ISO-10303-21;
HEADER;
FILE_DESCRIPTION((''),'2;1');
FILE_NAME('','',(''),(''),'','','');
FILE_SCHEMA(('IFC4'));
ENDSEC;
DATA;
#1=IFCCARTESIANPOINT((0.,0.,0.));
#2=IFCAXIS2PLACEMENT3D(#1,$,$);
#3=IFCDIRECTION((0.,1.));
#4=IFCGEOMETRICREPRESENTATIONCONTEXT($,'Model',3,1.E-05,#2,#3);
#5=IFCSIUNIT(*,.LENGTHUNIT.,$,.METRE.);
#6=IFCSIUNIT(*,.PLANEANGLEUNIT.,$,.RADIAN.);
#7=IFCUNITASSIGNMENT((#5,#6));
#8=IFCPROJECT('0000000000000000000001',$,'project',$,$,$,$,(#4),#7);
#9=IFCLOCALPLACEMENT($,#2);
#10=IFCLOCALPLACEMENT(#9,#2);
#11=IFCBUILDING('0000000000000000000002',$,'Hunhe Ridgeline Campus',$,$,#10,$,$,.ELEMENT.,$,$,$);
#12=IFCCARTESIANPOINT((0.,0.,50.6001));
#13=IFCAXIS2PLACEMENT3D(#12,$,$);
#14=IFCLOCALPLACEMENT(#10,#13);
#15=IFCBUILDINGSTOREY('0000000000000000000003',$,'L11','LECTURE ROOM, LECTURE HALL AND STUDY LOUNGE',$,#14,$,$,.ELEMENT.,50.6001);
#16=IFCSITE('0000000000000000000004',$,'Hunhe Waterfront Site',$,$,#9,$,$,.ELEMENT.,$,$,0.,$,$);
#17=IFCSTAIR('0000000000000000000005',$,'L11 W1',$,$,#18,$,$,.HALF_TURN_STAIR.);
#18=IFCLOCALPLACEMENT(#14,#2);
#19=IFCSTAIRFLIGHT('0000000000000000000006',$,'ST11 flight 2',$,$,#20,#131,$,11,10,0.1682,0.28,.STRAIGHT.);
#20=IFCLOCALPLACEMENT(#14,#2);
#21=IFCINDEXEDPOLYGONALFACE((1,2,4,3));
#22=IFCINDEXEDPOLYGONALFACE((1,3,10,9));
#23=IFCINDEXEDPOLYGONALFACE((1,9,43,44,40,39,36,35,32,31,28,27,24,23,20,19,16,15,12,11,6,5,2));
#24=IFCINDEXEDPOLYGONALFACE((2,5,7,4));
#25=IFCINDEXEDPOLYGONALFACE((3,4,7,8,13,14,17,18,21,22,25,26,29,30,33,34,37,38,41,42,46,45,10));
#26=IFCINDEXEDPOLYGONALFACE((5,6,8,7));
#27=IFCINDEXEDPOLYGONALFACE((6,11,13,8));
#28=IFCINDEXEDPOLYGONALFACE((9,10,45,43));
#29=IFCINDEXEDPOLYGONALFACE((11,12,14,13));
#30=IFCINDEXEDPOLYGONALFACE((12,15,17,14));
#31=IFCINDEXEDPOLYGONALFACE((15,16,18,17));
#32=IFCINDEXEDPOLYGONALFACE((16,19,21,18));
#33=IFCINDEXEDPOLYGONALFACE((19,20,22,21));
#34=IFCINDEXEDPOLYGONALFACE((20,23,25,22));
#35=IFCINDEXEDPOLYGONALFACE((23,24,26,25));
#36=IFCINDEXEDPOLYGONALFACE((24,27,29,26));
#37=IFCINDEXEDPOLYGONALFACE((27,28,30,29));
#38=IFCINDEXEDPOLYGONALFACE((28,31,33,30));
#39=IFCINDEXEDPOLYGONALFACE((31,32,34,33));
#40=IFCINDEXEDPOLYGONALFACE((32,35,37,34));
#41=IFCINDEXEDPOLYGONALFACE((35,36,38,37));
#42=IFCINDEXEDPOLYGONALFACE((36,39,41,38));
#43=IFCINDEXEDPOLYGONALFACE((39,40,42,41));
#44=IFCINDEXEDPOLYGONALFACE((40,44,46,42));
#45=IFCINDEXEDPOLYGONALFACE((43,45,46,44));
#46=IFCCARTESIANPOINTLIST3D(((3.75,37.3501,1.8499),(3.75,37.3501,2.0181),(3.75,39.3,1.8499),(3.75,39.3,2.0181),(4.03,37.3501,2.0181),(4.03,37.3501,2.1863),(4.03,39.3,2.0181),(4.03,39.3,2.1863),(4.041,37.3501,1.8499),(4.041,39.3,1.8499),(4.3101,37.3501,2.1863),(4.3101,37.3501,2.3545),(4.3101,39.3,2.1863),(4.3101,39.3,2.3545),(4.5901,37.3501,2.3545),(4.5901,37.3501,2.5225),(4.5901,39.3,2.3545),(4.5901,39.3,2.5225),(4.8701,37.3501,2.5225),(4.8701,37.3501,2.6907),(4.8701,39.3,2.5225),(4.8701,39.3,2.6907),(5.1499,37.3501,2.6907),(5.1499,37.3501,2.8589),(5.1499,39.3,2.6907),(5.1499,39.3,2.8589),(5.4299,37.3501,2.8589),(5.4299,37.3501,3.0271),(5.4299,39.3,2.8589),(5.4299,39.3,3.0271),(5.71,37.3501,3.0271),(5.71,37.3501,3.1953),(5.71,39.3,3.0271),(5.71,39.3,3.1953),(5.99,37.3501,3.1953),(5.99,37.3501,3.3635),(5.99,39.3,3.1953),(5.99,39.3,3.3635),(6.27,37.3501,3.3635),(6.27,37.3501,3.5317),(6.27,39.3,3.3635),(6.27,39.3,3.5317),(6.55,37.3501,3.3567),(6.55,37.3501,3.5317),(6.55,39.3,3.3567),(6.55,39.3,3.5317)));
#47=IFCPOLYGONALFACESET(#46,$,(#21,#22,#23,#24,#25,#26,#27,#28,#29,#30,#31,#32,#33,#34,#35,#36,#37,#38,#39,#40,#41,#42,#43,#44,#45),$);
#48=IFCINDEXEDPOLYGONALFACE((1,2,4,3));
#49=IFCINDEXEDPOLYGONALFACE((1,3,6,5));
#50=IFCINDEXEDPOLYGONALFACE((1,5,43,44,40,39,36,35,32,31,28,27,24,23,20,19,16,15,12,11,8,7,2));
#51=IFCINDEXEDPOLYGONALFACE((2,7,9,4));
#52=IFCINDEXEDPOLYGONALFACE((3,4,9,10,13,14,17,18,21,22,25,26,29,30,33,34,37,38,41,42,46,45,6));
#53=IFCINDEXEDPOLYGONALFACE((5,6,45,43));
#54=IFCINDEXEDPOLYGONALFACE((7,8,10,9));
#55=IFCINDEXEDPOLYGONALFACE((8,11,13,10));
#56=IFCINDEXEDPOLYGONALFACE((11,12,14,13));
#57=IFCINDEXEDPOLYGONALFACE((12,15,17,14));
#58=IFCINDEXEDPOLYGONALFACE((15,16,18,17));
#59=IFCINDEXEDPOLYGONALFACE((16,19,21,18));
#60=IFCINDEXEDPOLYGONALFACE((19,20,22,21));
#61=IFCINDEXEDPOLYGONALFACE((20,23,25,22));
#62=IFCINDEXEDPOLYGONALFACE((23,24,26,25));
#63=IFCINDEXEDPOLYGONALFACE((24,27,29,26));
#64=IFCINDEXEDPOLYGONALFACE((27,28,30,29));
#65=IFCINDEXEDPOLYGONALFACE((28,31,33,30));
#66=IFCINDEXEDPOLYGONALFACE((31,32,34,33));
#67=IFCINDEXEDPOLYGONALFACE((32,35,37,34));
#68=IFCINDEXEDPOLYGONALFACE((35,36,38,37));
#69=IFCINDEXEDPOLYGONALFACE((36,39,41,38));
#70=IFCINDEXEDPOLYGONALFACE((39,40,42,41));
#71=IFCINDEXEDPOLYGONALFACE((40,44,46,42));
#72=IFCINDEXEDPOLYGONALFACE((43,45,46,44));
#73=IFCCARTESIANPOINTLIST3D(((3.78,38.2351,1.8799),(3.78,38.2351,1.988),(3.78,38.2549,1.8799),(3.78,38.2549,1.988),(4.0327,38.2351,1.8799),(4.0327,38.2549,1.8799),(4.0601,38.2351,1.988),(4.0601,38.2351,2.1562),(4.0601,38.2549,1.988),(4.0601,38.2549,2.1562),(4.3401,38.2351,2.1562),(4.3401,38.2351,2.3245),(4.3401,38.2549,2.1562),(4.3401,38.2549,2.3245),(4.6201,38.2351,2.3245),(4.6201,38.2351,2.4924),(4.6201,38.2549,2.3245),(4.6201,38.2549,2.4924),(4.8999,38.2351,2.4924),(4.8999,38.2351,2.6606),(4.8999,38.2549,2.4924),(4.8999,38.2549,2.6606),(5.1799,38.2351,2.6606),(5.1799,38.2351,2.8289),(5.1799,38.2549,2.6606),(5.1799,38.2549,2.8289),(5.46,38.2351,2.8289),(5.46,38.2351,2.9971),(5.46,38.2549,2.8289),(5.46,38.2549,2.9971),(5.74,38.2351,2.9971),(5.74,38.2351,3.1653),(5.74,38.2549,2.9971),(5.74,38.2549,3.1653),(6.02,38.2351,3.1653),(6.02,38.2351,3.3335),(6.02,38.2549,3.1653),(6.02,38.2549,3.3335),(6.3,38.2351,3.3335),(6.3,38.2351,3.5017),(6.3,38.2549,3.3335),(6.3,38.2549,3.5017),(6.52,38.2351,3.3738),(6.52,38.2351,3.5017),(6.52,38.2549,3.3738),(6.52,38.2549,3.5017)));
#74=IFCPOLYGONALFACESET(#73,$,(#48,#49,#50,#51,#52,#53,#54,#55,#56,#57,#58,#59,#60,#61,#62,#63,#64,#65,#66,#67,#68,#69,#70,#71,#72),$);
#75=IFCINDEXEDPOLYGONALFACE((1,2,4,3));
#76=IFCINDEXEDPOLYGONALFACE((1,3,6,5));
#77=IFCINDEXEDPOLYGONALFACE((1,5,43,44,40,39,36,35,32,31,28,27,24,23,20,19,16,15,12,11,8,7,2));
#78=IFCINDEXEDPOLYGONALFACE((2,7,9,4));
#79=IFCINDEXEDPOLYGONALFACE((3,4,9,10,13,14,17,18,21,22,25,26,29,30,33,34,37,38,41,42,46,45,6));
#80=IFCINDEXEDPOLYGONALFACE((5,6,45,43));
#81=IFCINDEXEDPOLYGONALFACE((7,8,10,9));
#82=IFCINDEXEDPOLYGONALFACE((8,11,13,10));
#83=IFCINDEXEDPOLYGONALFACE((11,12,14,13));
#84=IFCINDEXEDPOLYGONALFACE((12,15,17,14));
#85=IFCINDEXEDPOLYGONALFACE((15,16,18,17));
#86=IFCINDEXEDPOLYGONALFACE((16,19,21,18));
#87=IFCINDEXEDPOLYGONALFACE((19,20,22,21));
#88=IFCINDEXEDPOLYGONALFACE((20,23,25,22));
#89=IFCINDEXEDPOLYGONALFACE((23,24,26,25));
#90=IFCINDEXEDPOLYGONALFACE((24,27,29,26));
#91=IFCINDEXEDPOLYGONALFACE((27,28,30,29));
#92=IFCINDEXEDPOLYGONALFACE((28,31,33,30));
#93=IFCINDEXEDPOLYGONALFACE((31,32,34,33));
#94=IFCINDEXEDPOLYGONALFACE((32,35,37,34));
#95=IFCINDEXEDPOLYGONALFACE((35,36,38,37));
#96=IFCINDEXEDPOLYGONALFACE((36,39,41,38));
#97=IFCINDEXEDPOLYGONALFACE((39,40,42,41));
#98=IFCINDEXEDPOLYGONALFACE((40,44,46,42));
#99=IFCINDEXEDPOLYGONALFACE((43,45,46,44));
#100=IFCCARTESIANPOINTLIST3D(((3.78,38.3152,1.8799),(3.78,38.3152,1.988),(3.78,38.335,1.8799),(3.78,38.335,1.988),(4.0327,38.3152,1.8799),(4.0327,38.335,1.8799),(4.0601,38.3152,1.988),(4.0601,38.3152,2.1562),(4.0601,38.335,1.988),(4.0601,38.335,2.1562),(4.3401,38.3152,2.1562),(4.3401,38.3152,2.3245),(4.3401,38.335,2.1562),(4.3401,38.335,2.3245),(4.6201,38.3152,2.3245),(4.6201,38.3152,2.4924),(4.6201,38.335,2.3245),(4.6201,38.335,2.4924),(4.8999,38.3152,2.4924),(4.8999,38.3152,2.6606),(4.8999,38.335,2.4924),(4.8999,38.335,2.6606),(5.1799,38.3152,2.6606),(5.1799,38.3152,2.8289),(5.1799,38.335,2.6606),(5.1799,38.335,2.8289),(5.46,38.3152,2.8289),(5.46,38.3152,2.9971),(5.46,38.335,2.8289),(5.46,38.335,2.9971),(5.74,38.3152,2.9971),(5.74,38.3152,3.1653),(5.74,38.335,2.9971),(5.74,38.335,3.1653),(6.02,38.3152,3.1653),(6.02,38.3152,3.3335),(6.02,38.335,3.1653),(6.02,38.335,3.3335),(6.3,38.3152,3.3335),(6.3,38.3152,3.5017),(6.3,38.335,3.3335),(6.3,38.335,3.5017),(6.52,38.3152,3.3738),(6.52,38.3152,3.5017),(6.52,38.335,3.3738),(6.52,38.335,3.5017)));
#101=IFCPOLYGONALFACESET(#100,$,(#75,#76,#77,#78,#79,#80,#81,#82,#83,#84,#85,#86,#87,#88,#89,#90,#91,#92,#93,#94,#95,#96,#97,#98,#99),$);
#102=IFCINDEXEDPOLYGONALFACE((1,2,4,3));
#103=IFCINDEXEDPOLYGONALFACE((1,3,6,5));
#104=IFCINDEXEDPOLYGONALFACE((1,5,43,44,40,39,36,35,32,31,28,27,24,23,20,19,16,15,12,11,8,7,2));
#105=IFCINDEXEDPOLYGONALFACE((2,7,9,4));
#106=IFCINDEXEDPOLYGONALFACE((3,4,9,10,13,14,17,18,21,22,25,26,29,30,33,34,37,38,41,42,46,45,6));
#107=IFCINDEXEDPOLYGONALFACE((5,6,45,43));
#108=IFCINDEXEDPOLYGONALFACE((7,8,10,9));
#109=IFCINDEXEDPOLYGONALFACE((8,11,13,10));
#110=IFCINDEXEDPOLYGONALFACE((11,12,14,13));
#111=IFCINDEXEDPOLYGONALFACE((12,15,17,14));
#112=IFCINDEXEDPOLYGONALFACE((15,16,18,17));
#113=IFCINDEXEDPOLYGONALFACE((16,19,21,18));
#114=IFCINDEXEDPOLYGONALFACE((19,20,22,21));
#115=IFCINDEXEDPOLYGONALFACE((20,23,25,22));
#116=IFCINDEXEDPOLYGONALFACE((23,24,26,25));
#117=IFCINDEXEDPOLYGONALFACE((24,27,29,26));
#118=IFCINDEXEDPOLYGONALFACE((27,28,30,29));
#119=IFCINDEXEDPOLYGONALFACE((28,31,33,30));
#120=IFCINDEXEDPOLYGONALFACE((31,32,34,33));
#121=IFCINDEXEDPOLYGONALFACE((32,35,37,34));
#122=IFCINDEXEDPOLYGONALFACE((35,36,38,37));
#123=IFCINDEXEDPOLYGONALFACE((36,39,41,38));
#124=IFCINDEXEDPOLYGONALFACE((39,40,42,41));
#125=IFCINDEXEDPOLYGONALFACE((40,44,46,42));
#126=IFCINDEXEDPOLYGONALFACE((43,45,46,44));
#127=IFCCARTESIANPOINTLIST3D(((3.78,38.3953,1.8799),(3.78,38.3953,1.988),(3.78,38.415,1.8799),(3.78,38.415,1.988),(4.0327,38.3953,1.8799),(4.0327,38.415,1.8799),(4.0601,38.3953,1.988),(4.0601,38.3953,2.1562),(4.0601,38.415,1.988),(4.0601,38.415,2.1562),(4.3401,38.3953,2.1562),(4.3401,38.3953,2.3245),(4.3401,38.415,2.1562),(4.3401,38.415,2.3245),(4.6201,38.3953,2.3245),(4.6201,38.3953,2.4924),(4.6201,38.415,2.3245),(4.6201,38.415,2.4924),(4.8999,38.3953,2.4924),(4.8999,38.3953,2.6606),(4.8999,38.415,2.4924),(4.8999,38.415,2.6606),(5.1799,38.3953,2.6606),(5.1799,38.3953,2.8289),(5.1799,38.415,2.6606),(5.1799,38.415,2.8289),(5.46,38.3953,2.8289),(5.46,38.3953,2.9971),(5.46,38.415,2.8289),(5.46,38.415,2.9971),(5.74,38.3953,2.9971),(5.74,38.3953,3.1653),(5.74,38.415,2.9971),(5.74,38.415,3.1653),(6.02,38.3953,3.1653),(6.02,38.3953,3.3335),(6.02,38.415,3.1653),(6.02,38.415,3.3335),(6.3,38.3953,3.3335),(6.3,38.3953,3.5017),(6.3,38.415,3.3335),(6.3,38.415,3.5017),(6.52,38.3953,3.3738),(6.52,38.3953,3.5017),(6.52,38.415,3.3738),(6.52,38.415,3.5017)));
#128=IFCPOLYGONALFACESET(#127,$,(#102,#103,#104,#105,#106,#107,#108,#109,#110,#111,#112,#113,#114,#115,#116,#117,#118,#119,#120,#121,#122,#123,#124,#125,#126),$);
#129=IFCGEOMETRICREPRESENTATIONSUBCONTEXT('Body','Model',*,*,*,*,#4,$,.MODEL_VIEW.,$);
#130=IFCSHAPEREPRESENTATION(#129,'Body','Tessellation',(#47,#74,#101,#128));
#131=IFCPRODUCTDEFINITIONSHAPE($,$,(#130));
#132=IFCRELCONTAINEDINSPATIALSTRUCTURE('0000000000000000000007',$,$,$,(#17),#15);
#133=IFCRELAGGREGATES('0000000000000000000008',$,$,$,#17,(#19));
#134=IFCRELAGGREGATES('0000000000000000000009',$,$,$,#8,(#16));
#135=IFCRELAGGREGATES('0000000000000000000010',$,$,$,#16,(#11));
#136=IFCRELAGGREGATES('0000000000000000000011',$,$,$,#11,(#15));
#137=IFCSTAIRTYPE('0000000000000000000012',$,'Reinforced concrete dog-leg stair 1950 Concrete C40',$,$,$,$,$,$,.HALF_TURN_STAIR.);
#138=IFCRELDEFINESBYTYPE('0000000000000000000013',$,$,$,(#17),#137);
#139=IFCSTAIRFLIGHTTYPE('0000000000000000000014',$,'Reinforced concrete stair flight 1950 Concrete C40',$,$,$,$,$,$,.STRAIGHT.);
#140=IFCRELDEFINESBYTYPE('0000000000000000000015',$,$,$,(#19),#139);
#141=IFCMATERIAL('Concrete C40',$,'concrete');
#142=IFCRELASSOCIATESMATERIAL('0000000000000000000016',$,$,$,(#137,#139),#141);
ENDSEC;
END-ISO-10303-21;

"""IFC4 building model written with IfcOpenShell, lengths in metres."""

from ifc_helpers import new_model, si_unit, direction, frame, origin, place, context, subcontext, project, spatial, polyline, outline, extrude, material, type_object, element, aggregate, save


model = new_model("IFC4")

# Units and contexts
model_context = context("Model", 3, precision=1e-05, world=origin(), true_north=direction((0.0, 1.0)))
body_context = subcontext(model_context, "Body", "Model", "MODEL_VIEW")
ifc_project = project(units=[si_unit("LENGTHUNIT", "METRE"), si_unit("PLANEANGLEUNIT", "RADIAN")], contexts=[model_context])

# Site, building, storey
site_placement = place(None, origin())
site = spatial("IfcSite", under=ifc_project, at=site_placement, Name="Hunhe Waterfront Site", CompositionType="ELEMENT", RefElevation=0.0)
building_placement = place(site_placement, origin())
building = spatial("IfcBuilding", under=site, at=building_placement, Name="Hunhe Ridgeline Campus", CompositionType="ELEMENT")
storey_placement = place(building_placement, frame((0.0, 0.0, 50.6001)))
storey = spatial("IfcBuildingStorey", under=building, at=storey_placement, Name="L11", Description="LECTURE ROOM, LECTURE HALL AND STUDY LOUNGE", CompositionType="ELEMENT", Elevation=50.6001)

# Stair, stair flight
ifc_material_1 = material(Name="Concrete C40", Category="concrete")
stair_type = type_object("IfcStairType", Name="Reinforced concrete dog-leg stair 1950 Concrete C40", PredefinedType="HALF_TURN_STAIR", material=ifc_material_1)
stair_placement = place(storey_placement, origin())
stair = element("IfcStair", 1, at=stair_placement, inside=storey, type_object=stair_type, Name="L11 W1", PredefinedType="HALF_TURN_STAIR")
stair_flight_type = type_object("IfcStairFlightType", Name="Reinforced concrete stair flight 1950 Concrete C40", PredefinedType="STRAIGHT", material=ifc_material_1)
stair_flight_1_placement = place(storey_placement, frame((3.75, 38.325, 1.8499), z_axis=(0.0, 0.0, 1.0), x_axis=(1.0, 0.0, 0.0)))
stair_flight_1 = element("IfcStairFlight", 2, at=stair_flight_1_placement, type_object=stair_flight_type, Name="ST11 flight 2", NumberOfRisers=11, NumberOfTreads=10, PredefinedType="STRAIGHT", RiserHeight=0.1682, TreadLength=0.28, context=body_context, shape_type="SweptSolid", body=[
    extrude(outline(polyline([(0.0, 0.0), (0.0, 0.1682), (0.28, 0.1682), (0.28, 0.3364), (0.5601, 0.3364), (0.5601, 0.5046), (0.8401, 0.5046), (0.8401, 0.6726), (1.1201, 0.6726), (1.1201, 0.8408), (1.3999, 0.8408), (1.3999, 1.009), (1.6799, 1.009), (1.6799, 1.1772), (1.96, 1.1772), (1.96, 1.3455), (2.24, 1.3455), (2.24, 1.5137), (2.52, 1.5137), (2.52, 1.6819), (2.8, 1.6819), (2.8, 1.8501), (2.8, 1.5068), (0.291, 0.0), (0.0, 0.0)])), frame((0.0, 0.9751, 0.0), z_axis=(0.0, -1.0, 0.0), x_axis=(1.0, 0.0, 0.0)), (0.0, 0.0, 1.0), 1.95),
    extrude(outline(polyline([(0.03, 0.03), (0.03, 0.1382), (0.3101, 0.1382), (0.3101, 0.3064), (0.5901, 0.3064), (0.5901, 0.4746), (0.8701, 0.4746), (0.8701, 0.6426), (1.1499, 0.6426), (1.1499, 0.8108), (1.4299, 0.8108), (1.4299, 0.979), (1.71, 0.979), (1.71, 1.1472), (1.99, 1.1472), (1.99, 1.3154), (2.27, 1.3154), (2.27, 1.4836), (2.55, 1.4836), (2.55, 1.6519), (2.77, 1.6519), (2.77, 1.5239), (0.2827, 0.03), (0.03, 0.03)])), frame((0.0, -0.0701, 0.0), z_axis=(0.0, -1.0, 0.0), x_axis=(1.0, 0.0, 0.0)), (0.0, 0.0, 1.0), 0.0198),
    extrude(outline(polyline([(0.03, 0.03), (0.03, 0.1382), (0.3101, 0.1382), (0.3101, 0.3064), (0.5901, 0.3064), (0.5901, 0.4746), (0.8701, 0.4746), (0.8701, 0.6426), (1.1499, 0.6426), (1.1499, 0.8108), (1.4299, 0.8108), (1.4299, 0.979), (1.71, 0.979), (1.71, 1.1472), (1.99, 1.1472), (1.99, 1.3154), (2.27, 1.3154), (2.27, 1.4836), (2.55, 1.4836), (2.55, 1.6519), (2.77, 1.6519), (2.77, 1.5239), (0.2827, 0.03), (0.03, 0.03)])), frame((0.0, 0.01, 0.0), z_axis=(0.0, -1.0, 0.0), x_axis=(1.0, 0.0, 0.0)), (0.0, 0.0, 1.0), 0.0198),
    extrude(outline(polyline([(0.03, 0.03), (0.03, 0.1382), (0.3101, 0.1382), (0.3101, 0.3064), (0.5901, 0.3064), (0.5901, 0.4746), (0.8701, 0.4746), (0.8701, 0.6426), (1.1499, 0.6426), (1.1499, 0.8108), (1.4299, 0.8108), (1.4299, 0.979), (1.71, 0.979), (1.71, 1.1472), (1.99, 1.1472), (1.99, 1.3154), (2.27, 1.3154), (2.27, 1.4836), (2.55, 1.4836), (2.55, 1.6519), (2.77, 1.6519), (2.77, 1.5239), (0.2827, 0.03), (0.03, 0.03)])), frame((0.0, 0.0901, 0.0), z_axis=(0.0, -1.0, 0.0), x_axis=(1.0, 0.0, 0.0)), (0.0, 0.0, 1.0), 0.0198),
])
aggregate(stair, [stair_flight_1])

save(model, "model.ifc")
